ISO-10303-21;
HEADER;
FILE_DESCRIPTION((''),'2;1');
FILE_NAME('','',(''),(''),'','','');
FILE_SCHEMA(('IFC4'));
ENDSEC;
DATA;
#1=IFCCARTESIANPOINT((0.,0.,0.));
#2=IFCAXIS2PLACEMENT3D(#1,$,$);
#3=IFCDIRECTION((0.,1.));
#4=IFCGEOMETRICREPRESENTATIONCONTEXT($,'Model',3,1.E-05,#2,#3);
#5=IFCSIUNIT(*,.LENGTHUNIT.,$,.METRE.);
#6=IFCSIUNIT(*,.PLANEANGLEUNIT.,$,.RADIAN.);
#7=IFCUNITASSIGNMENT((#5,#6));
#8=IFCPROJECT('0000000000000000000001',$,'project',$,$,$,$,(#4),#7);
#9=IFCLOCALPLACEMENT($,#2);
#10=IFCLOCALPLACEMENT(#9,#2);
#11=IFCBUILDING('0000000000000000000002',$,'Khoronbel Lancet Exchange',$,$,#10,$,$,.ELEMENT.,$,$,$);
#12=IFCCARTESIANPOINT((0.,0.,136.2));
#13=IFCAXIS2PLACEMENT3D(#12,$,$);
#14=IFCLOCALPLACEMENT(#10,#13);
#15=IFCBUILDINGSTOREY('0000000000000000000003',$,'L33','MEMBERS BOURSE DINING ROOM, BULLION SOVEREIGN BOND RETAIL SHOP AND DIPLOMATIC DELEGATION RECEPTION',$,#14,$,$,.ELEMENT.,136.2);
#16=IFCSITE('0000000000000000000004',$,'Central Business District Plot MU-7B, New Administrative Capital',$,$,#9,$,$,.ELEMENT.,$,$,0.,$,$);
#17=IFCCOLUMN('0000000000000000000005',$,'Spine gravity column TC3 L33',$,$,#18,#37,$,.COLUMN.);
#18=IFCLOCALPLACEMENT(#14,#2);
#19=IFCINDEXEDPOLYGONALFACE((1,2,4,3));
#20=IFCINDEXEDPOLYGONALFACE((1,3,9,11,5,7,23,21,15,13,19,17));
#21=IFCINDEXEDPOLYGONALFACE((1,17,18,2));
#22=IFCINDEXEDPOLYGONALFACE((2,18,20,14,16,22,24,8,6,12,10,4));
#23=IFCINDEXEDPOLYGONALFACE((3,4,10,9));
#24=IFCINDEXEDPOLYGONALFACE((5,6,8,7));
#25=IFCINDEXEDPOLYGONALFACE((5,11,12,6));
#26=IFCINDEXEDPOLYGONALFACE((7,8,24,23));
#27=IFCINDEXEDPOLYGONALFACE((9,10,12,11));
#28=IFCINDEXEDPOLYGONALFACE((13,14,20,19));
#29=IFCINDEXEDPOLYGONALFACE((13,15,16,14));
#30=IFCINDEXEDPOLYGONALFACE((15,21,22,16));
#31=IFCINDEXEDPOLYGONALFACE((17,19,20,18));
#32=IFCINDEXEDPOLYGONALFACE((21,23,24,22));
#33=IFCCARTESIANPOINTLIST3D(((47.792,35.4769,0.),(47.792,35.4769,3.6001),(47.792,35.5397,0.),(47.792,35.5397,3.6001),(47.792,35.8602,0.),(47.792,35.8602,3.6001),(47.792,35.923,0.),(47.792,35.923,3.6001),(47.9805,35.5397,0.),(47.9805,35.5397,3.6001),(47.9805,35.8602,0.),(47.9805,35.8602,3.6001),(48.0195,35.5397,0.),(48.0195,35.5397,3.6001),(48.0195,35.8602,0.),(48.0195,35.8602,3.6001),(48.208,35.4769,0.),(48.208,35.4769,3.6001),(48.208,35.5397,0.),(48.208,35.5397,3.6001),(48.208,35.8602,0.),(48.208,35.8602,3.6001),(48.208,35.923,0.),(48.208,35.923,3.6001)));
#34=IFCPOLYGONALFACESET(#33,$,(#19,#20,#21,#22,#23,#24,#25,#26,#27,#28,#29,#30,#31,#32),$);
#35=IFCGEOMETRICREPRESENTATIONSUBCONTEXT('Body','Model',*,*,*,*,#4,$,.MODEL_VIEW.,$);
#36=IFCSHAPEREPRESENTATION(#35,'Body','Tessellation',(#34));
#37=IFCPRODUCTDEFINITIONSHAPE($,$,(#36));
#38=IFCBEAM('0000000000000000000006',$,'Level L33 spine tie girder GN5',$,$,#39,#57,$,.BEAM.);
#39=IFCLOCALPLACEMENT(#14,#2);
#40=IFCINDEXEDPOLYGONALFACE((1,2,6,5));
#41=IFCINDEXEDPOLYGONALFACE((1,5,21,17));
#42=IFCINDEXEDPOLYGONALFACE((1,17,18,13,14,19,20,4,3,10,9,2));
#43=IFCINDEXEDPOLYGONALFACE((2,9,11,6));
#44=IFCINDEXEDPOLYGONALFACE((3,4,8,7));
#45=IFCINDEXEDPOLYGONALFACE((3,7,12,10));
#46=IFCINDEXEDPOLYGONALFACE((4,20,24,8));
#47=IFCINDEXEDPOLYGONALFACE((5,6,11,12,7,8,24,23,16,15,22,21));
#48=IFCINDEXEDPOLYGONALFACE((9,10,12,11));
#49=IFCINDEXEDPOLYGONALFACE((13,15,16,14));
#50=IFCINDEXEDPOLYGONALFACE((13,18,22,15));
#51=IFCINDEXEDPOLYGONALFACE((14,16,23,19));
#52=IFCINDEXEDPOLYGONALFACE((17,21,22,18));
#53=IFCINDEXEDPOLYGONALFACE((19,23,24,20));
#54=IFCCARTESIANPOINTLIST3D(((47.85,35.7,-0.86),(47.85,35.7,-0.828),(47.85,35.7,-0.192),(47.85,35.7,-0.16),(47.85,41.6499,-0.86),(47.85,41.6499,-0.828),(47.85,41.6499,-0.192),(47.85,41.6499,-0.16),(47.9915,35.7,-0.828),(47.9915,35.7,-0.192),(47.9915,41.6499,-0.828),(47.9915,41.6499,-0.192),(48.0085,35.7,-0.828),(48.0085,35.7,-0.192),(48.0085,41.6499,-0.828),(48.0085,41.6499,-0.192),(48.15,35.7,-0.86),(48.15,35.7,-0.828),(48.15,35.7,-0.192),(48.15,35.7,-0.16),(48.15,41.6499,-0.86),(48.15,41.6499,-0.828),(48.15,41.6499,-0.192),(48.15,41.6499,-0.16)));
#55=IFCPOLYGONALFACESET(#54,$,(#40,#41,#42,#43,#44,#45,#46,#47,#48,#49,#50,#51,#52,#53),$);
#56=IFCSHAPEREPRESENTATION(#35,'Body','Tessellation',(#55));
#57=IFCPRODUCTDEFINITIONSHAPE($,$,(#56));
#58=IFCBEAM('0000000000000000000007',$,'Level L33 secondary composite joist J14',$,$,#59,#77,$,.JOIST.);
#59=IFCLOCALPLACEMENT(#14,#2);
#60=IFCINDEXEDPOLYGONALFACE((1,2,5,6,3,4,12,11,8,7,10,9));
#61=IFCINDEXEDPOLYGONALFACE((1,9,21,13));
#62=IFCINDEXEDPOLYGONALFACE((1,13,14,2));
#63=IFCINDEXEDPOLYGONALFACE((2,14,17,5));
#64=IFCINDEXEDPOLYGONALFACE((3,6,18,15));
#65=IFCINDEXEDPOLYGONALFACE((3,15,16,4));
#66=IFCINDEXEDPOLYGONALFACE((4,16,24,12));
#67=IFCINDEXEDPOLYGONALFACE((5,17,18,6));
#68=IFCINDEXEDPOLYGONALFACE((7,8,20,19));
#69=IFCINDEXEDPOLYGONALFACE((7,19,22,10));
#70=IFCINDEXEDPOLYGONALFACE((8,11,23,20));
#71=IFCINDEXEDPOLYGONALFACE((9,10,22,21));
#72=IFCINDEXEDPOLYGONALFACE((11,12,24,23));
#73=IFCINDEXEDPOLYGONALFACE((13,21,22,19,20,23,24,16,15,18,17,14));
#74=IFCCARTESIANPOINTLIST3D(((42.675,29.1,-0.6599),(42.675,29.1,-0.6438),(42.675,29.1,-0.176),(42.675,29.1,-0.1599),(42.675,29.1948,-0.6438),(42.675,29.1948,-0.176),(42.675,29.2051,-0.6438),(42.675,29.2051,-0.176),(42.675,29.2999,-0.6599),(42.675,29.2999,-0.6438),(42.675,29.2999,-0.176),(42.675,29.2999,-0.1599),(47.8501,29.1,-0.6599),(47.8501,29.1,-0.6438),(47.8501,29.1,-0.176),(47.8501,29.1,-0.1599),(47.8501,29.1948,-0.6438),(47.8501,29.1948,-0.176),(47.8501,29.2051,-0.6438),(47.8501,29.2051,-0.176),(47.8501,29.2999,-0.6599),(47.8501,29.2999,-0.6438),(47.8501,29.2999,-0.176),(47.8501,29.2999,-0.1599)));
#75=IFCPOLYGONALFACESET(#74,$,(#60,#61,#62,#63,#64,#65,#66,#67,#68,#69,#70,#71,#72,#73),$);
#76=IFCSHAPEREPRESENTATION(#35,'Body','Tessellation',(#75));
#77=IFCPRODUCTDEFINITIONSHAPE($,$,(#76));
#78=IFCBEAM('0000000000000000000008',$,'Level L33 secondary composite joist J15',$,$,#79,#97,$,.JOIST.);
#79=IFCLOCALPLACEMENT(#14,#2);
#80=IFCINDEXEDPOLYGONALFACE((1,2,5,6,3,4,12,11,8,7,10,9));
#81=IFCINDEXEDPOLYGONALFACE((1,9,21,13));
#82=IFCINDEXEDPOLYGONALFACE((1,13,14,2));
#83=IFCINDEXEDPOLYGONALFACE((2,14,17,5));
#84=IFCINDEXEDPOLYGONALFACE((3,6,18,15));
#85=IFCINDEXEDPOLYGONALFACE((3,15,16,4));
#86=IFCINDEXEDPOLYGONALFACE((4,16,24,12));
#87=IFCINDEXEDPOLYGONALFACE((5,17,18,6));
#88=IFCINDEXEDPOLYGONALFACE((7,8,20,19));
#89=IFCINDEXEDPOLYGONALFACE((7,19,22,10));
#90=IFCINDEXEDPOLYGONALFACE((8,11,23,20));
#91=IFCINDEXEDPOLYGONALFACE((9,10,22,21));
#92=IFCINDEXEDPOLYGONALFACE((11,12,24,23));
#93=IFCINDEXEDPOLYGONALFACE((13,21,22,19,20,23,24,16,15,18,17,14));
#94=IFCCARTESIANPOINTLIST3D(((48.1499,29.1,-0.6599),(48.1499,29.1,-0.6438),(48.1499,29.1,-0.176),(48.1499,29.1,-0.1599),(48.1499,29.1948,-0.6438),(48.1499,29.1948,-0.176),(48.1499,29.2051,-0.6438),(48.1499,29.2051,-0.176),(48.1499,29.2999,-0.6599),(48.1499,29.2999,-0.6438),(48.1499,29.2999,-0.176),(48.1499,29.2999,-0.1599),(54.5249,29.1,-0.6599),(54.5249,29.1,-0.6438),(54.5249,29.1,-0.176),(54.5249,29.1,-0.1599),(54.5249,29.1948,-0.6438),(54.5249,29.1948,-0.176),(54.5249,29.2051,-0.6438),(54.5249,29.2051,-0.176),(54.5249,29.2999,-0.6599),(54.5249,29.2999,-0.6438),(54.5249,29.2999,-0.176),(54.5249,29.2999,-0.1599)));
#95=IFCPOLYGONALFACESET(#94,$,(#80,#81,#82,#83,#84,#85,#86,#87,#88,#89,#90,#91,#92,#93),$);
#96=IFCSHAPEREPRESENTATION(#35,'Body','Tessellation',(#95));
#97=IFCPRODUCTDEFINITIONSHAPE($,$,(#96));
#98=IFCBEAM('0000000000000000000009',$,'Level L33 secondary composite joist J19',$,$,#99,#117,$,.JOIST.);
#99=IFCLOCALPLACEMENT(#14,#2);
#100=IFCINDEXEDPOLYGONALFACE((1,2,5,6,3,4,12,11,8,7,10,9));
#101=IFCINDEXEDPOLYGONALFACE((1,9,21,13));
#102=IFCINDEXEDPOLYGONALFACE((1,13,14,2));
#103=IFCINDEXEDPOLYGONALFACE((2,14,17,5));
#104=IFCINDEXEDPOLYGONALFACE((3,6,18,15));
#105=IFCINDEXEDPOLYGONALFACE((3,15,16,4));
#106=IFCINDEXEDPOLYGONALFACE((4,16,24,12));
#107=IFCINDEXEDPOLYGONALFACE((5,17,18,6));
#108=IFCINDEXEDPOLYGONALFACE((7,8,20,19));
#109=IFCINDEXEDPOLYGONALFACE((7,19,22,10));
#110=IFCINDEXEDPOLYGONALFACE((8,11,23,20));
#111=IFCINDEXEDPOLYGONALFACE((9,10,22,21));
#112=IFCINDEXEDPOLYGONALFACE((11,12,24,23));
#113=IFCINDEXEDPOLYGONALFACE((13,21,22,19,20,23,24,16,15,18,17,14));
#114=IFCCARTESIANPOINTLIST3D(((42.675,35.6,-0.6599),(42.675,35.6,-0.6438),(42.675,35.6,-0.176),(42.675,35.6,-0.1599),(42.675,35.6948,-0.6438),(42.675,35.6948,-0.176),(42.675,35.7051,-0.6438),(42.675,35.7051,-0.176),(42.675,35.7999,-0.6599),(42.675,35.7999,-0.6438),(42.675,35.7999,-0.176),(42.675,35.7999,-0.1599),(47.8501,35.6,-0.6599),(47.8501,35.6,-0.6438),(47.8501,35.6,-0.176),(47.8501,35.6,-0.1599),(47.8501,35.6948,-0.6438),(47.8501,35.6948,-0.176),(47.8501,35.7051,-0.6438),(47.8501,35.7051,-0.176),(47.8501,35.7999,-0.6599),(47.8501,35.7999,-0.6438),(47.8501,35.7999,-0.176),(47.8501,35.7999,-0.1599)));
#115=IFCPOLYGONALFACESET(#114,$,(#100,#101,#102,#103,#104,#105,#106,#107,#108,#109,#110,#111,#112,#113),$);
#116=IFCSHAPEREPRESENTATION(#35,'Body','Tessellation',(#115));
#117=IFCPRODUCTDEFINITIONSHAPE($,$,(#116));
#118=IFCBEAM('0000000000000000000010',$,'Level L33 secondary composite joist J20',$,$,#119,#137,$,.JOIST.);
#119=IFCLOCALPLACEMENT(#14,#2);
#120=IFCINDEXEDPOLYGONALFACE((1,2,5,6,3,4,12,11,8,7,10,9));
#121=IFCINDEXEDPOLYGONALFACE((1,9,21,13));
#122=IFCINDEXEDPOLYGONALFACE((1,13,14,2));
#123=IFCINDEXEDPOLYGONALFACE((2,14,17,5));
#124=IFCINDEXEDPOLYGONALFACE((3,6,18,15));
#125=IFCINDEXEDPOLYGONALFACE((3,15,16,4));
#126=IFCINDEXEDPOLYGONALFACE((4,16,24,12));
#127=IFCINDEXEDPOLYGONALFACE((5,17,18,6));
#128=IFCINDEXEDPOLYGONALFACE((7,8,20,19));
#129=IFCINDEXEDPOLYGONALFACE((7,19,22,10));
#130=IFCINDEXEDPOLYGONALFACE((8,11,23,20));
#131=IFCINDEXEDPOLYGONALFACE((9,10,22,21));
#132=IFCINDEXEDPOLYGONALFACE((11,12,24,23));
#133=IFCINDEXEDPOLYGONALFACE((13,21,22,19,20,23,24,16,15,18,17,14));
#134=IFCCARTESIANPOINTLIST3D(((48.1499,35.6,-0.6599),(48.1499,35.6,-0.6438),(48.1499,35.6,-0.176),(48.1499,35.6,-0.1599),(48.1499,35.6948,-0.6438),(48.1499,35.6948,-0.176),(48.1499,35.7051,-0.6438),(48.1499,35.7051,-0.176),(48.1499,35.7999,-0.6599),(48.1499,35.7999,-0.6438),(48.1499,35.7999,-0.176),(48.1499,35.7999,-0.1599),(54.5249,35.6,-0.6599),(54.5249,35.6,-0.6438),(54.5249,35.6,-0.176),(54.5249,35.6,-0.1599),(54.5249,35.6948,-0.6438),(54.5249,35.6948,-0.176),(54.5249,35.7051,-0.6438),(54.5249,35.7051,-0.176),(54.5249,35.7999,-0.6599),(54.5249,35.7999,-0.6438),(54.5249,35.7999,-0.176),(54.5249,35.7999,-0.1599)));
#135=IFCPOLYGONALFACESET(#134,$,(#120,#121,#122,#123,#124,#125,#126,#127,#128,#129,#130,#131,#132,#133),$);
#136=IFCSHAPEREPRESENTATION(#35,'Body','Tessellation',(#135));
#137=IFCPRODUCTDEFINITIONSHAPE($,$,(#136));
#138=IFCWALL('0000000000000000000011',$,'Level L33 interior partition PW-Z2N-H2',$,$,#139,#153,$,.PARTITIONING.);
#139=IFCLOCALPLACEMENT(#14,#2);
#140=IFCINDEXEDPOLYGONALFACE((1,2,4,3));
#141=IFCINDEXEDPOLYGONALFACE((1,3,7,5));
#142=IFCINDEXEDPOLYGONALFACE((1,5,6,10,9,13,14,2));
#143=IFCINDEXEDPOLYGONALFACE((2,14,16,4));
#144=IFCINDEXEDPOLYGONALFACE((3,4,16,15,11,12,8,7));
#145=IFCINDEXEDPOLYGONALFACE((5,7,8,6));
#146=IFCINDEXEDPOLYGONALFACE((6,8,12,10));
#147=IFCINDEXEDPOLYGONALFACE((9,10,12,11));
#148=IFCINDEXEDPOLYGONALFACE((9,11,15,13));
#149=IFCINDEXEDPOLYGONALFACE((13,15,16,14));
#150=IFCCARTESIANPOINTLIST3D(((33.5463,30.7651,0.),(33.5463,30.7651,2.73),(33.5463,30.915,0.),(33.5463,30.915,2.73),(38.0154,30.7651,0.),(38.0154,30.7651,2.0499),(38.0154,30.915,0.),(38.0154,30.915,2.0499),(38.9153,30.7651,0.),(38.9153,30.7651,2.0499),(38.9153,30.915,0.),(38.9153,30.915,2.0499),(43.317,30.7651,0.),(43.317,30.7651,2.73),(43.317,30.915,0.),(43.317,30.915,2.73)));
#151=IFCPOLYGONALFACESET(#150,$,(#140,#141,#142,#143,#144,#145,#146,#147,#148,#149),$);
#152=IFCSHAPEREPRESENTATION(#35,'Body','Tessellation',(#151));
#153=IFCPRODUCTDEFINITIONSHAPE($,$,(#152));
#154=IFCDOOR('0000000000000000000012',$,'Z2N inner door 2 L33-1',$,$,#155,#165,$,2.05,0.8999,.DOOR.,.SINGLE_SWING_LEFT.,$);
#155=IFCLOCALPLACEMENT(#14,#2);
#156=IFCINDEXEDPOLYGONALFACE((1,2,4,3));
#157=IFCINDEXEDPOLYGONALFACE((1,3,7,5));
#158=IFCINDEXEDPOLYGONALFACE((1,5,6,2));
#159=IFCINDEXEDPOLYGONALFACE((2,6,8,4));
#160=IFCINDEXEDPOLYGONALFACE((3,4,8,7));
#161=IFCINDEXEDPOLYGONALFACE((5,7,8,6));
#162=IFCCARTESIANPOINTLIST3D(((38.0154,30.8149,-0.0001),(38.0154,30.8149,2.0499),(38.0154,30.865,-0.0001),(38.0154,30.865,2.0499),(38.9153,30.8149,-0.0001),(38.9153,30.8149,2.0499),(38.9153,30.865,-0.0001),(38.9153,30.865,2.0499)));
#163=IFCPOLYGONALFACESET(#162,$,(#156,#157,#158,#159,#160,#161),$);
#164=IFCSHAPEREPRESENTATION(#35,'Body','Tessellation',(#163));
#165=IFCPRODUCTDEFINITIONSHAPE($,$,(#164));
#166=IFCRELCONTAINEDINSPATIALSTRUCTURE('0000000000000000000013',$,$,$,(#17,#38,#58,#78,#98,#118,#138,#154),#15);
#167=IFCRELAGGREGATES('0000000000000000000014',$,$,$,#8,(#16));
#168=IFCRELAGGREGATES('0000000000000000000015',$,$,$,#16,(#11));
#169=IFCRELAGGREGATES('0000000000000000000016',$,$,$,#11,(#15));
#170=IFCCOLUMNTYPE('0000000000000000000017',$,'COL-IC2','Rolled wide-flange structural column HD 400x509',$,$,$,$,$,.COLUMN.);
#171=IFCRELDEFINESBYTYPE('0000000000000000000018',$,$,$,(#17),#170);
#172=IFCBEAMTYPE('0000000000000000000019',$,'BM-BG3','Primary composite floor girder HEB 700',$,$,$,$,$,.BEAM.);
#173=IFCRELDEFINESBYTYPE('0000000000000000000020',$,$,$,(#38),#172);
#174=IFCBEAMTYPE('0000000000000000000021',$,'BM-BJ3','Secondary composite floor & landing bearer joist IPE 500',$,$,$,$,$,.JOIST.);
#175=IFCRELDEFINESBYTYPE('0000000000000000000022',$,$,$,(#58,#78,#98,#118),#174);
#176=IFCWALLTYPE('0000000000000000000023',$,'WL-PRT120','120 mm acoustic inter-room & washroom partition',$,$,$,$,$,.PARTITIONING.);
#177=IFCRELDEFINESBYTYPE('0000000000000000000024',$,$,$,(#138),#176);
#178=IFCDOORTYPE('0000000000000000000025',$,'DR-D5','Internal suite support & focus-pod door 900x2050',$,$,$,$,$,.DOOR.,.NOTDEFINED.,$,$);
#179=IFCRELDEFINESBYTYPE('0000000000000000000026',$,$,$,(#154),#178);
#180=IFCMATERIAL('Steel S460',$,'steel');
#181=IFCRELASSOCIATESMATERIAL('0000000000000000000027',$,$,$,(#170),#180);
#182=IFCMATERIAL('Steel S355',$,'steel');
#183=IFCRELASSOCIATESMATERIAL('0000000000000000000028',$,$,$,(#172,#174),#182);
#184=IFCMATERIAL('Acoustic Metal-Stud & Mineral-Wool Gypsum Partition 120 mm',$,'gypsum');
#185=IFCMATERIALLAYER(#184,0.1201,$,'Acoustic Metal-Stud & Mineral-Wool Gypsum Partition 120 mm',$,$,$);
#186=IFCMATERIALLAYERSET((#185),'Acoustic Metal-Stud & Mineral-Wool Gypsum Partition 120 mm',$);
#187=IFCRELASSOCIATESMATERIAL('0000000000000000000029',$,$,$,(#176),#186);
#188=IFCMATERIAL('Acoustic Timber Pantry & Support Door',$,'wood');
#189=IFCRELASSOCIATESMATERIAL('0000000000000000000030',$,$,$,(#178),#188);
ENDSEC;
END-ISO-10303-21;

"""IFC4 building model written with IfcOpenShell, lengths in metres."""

from ifc_helpers import new_model, si_unit, direction, frame, frame_2d, origin, origin_2d, place, context, subcontext, project, spatial, rectangle, i_section, extrude, material, layer, layer_set, material_profile, profile_set, type_object, element, fill, save


model = new_model("IFC4")

# Units and contexts
model_context = context("Model", 3, precision=1e-05, world=origin(), true_north=direction((0.0, 1.0)))
body_context = subcontext(model_context, "Body", "Model", "MODEL_VIEW")
ifc_project = project(units=[si_unit("LENGTHUNIT", "METRE"), si_unit("PLANEANGLEUNIT", "RADIAN")], contexts=[model_context])

# Site, building, storey
site_placement = place(None, origin())
site = spatial("IfcSite", under=ifc_project, at=site_placement, Name="Central Business District Plot MU-7B, New Administrative Capital", CompositionType="ELEMENT", RefElevation=0.0)
building_placement = place(site_placement, origin())
building = spatial("IfcBuilding", under=site, at=building_placement, Name="Khoronbel Lancet Exchange", CompositionType="ELEMENT")
storey_placement = place(building_placement, frame((0.0, 0.0, 136.2)))
storey = spatial("IfcBuildingStorey", under=building, at=storey_placement, Name="L33", Description="MEMBERS BOURSE DINING ROOM, BULLION SOVEREIGN BOND RETAIL SHOP AND DIPLOMATIC DELEGATION RECEPTION", CompositionType="ELEMENT", Elevation=136.2)

# Column
ifc_material_1 = material(Name="Steel S460", Category="steel")
ifc_material_profile_1 = material_profile(ifc_material_1, i_section(OverallWidth=0.416, OverallDepth=0.446, WebThickness=0.0391, FlangeThickness=0.0627, at=origin_2d()), Name="HD 400x509")
ifc_profile_set_1 = profile_set([ifc_material_profile_1], Name="Steel S460")
column_type = type_object("IfcColumnType", Name="COL-IC2", Description="Rolled wide-flange structural column HD 400x509", PredefinedType="COLUMN", material=ifc_profile_set_1)
column_placement = place(storey_placement, frame((48.0, 35.7, 0.0), z_axis=(0.0, 0.0, 1.0), x_axis=(1.0, 0.0, 0.0)))
element("IfcColumn", 1, at=column_placement, inside=storey, type_object=column_type, Name="Spine gravity column TC3 L33", PredefinedType="COLUMN", context=body_context, shape_type="SweptSolid", body=[
    extrude(i_section(OverallWidth=0.416, OverallDepth=0.446, WebThickness=0.0391, FlangeThickness=0.0627, at=origin_2d()), origin(), (0.0, 0.0, 1.0), 3.6001),
])

# Beams
ifc_material_2 = material(Name="Steel S355", Category="steel")
ifc_material_profile_2 = material_profile(ifc_material_2, i_section(OverallWidth=0.3, OverallDepth=0.7, WebThickness=0.0171, FlangeThickness=0.032, at=origin_2d()), Name="HEB 700")
ifc_profile_set_2 = profile_set([ifc_material_profile_2], Name="Steel S355")
beam_type_1 = type_object("IfcBeamType", Name="BM-BG3", Description="Primary composite floor girder HEB 700", PredefinedType="BEAM", material=ifc_profile_set_2)
beam_1_placement = place(storey_placement, frame((48.0, 35.7, -0.51), z_axis=(0.0, 1.0, 0.0), x_axis=(-1.0, 0.0, 0.0)))
element("IfcBeam", 2, at=beam_1_placement, inside=storey, type_object=beam_type_1, Name="Level L33 spine tie girder GN5", PredefinedType="BEAM", context=body_context, shape_type="SweptSolid", body=[
    extrude(i_section(OverallWidth=0.3, OverallDepth=0.7, WebThickness=0.0171, FlangeThickness=0.032, at=origin_2d()), origin(), (0.0, 0.0, 1.0), 5.95),
])
ifc_material_profile_3 = material_profile(ifc_material_2, i_section(OverallWidth=0.2, OverallDepth=0.5, WebThickness=0.0103, FlangeThickness=0.0161, at=origin_2d()), Name="IPE 500")
ifc_profile_set_3 = profile_set([ifc_material_profile_3], Name="Steel S355")
beam_type_2 = type_object("IfcBeamType", Name="BM-BJ3", Description="Secondary composite floor & landing bearer joist IPE 500", PredefinedType="JOIST", material=ifc_profile_set_3)
beam_2_placement = place(storey_placement, frame((42.675, 29.2, -0.4099), z_axis=(1.0, 0.0, 0.0), x_axis=(0.0, 1.0, 0.0)))
element("IfcBeam", 3, at=beam_2_placement, inside=storey, type_object=beam_type_2, Name="Level L33 secondary composite joist J14", PredefinedType="JOIST", context=body_context, shape_type="SweptSolid", body=[
    extrude(i_section(OverallWidth=0.2, OverallDepth=0.5, WebThickness=0.0103, FlangeThickness=0.0161, at=origin_2d()), origin(), (0.0, 0.0, 1.0), 5.175),
])
beam_3_placement = place(storey_placement, frame((48.1499, 29.2, -0.4099), z_axis=(1.0, 0.0, 0.0), x_axis=(0.0, 1.0, 0.0)))
element("IfcBeam", 4, at=beam_3_placement, inside=storey, type_object=beam_type_2, Name="Level L33 secondary composite joist J15", PredefinedType="JOIST", context=body_context, shape_type="SweptSolid", body=[
    extrude(i_section(OverallWidth=0.2, OverallDepth=0.5, WebThickness=0.0103, FlangeThickness=0.0161, at=origin_2d()), origin(), (0.0, 0.0, 1.0), 6.375),
])
beam_4_placement = place(storey_placement, frame((42.675, 35.7, -0.4099), z_axis=(1.0, 0.0, 0.0), x_axis=(0.0, 1.0, 0.0)))
element("IfcBeam", 5, at=beam_4_placement, inside=storey, type_object=beam_type_2, Name="Level L33 secondary composite joist J19", PredefinedType="JOIST", context=body_context, shape_type="SweptSolid", body=[
    extrude(i_section(OverallWidth=0.2, OverallDepth=0.5, WebThickness=0.0103, FlangeThickness=0.0161, at=origin_2d()), origin(), (0.0, 0.0, 1.0), 5.175),
])
beam_5_placement = place(storey_placement, frame((48.1499, 35.7, -0.4099), z_axis=(1.0, 0.0, 0.0), x_axis=(0.0, 1.0, 0.0)))
element("IfcBeam", 6, at=beam_5_placement, inside=storey, type_object=beam_type_2, Name="Level L33 secondary composite joist J20", PredefinedType="JOIST", context=body_context, shape_type="SweptSolid", body=[
    extrude(i_section(OverallWidth=0.2, OverallDepth=0.5, WebThickness=0.0103, FlangeThickness=0.0161, at=origin_2d()), origin(), (0.0, 0.0, 1.0), 6.375),
])

# Wall, opening, door
ifc_material_3 = material(Name="Acoustic Metal-Stud & Mineral-Wool Gypsum Partition 120 mm", Category="gypsum")
ifc_layer_1 = layer(ifc_material_3, 0.1201, Name="Acoustic Metal-Stud & Mineral-Wool Gypsum Partition 120 mm")
ifc_layer_set_1 = layer_set([ifc_layer_1], Name="Acoustic Metal-Stud & Mineral-Wool Gypsum Partition 120 mm")
wall_type_1 = type_object("IfcWallType", Name="WL-PRT120", Description="120 mm acoustic inter-room & washroom partition", PredefinedType="PARTITIONING", material=ifc_layer_set_1)
wall_1_placement = place(storey_placement, frame((33.5464, 30.8401, 0.0), z_axis=(0.0, 0.0, 1.0), x_axis=(1.0, 0.0, 0.0)))
wall_1 = element("IfcWall", 7, at=wall_1_placement, inside=storey, type_object=wall_type_1, Name="Level L33 interior partition PW-Z2N-H2", PredefinedType="PARTITIONING", context=body_context, shape_type="SweptSolid", body=[
    extrude(rectangle(XDim=9.7708, YDim=0.1499, at=frame_2d((4.8853, 0.0))), origin(), (0.0, 0.0, 1.0), 2.73),
])
opening_1_placement = place(wall_1_placement, frame((4.469, 0.0, 0.0)))
opening_1 = element("IfcOpeningElement", 8, at=opening_1_placement, cuts=wall_1, PredefinedType="OPENING", context=body_context, shape_type="SweptSolid", body=[
    extrude(rectangle(XDim=0.8999, YDim=2.05, at=frame_2d((0.45, 1.0249))), frame((0.0, 0.085, 0.0), z_axis=(0.0, -1.0, 0.0), x_axis=(1.0, 0.0, 0.0)), (0.0, 0.0, 1.0), 0.1699),
])
ifc_material_4 = material(Name="Acoustic Timber Pantry & Support Door", Category="wood")
door_type_1 = type_object("IfcDoorType", Name="DR-D5", Description="Internal suite support & focus-pod door 900x2050", OperationType="NOTDEFINED", PredefinedType="DOOR", material=ifc_material_4)
door_1_placement = place(opening_1_placement, origin())
door_1 = element("IfcDoor", 9, at=door_1_placement, inside=storey, type_object=door_type_1, Name="Z2N inner door 2 L33-1", OperationType="SINGLE_SWING_LEFT", OverallHeight=2.05, OverallWidth=0.8999, PredefinedType="DOOR", context=body_context, shape_type="SweptSolid", body=[
    extrude(rectangle(XDim=0.8999, YDim=2.05, at=frame_2d((0.45, 1.0249))), frame((0.0, 0.0249, 0.0), z_axis=(0.0, -1.0, 0.0), x_axis=(1.0, 0.0, 0.0)), (0.0, 0.0, 1.0), 0.05),
])
fill(opening_1, door_1)

save(model, "model.ifc")
